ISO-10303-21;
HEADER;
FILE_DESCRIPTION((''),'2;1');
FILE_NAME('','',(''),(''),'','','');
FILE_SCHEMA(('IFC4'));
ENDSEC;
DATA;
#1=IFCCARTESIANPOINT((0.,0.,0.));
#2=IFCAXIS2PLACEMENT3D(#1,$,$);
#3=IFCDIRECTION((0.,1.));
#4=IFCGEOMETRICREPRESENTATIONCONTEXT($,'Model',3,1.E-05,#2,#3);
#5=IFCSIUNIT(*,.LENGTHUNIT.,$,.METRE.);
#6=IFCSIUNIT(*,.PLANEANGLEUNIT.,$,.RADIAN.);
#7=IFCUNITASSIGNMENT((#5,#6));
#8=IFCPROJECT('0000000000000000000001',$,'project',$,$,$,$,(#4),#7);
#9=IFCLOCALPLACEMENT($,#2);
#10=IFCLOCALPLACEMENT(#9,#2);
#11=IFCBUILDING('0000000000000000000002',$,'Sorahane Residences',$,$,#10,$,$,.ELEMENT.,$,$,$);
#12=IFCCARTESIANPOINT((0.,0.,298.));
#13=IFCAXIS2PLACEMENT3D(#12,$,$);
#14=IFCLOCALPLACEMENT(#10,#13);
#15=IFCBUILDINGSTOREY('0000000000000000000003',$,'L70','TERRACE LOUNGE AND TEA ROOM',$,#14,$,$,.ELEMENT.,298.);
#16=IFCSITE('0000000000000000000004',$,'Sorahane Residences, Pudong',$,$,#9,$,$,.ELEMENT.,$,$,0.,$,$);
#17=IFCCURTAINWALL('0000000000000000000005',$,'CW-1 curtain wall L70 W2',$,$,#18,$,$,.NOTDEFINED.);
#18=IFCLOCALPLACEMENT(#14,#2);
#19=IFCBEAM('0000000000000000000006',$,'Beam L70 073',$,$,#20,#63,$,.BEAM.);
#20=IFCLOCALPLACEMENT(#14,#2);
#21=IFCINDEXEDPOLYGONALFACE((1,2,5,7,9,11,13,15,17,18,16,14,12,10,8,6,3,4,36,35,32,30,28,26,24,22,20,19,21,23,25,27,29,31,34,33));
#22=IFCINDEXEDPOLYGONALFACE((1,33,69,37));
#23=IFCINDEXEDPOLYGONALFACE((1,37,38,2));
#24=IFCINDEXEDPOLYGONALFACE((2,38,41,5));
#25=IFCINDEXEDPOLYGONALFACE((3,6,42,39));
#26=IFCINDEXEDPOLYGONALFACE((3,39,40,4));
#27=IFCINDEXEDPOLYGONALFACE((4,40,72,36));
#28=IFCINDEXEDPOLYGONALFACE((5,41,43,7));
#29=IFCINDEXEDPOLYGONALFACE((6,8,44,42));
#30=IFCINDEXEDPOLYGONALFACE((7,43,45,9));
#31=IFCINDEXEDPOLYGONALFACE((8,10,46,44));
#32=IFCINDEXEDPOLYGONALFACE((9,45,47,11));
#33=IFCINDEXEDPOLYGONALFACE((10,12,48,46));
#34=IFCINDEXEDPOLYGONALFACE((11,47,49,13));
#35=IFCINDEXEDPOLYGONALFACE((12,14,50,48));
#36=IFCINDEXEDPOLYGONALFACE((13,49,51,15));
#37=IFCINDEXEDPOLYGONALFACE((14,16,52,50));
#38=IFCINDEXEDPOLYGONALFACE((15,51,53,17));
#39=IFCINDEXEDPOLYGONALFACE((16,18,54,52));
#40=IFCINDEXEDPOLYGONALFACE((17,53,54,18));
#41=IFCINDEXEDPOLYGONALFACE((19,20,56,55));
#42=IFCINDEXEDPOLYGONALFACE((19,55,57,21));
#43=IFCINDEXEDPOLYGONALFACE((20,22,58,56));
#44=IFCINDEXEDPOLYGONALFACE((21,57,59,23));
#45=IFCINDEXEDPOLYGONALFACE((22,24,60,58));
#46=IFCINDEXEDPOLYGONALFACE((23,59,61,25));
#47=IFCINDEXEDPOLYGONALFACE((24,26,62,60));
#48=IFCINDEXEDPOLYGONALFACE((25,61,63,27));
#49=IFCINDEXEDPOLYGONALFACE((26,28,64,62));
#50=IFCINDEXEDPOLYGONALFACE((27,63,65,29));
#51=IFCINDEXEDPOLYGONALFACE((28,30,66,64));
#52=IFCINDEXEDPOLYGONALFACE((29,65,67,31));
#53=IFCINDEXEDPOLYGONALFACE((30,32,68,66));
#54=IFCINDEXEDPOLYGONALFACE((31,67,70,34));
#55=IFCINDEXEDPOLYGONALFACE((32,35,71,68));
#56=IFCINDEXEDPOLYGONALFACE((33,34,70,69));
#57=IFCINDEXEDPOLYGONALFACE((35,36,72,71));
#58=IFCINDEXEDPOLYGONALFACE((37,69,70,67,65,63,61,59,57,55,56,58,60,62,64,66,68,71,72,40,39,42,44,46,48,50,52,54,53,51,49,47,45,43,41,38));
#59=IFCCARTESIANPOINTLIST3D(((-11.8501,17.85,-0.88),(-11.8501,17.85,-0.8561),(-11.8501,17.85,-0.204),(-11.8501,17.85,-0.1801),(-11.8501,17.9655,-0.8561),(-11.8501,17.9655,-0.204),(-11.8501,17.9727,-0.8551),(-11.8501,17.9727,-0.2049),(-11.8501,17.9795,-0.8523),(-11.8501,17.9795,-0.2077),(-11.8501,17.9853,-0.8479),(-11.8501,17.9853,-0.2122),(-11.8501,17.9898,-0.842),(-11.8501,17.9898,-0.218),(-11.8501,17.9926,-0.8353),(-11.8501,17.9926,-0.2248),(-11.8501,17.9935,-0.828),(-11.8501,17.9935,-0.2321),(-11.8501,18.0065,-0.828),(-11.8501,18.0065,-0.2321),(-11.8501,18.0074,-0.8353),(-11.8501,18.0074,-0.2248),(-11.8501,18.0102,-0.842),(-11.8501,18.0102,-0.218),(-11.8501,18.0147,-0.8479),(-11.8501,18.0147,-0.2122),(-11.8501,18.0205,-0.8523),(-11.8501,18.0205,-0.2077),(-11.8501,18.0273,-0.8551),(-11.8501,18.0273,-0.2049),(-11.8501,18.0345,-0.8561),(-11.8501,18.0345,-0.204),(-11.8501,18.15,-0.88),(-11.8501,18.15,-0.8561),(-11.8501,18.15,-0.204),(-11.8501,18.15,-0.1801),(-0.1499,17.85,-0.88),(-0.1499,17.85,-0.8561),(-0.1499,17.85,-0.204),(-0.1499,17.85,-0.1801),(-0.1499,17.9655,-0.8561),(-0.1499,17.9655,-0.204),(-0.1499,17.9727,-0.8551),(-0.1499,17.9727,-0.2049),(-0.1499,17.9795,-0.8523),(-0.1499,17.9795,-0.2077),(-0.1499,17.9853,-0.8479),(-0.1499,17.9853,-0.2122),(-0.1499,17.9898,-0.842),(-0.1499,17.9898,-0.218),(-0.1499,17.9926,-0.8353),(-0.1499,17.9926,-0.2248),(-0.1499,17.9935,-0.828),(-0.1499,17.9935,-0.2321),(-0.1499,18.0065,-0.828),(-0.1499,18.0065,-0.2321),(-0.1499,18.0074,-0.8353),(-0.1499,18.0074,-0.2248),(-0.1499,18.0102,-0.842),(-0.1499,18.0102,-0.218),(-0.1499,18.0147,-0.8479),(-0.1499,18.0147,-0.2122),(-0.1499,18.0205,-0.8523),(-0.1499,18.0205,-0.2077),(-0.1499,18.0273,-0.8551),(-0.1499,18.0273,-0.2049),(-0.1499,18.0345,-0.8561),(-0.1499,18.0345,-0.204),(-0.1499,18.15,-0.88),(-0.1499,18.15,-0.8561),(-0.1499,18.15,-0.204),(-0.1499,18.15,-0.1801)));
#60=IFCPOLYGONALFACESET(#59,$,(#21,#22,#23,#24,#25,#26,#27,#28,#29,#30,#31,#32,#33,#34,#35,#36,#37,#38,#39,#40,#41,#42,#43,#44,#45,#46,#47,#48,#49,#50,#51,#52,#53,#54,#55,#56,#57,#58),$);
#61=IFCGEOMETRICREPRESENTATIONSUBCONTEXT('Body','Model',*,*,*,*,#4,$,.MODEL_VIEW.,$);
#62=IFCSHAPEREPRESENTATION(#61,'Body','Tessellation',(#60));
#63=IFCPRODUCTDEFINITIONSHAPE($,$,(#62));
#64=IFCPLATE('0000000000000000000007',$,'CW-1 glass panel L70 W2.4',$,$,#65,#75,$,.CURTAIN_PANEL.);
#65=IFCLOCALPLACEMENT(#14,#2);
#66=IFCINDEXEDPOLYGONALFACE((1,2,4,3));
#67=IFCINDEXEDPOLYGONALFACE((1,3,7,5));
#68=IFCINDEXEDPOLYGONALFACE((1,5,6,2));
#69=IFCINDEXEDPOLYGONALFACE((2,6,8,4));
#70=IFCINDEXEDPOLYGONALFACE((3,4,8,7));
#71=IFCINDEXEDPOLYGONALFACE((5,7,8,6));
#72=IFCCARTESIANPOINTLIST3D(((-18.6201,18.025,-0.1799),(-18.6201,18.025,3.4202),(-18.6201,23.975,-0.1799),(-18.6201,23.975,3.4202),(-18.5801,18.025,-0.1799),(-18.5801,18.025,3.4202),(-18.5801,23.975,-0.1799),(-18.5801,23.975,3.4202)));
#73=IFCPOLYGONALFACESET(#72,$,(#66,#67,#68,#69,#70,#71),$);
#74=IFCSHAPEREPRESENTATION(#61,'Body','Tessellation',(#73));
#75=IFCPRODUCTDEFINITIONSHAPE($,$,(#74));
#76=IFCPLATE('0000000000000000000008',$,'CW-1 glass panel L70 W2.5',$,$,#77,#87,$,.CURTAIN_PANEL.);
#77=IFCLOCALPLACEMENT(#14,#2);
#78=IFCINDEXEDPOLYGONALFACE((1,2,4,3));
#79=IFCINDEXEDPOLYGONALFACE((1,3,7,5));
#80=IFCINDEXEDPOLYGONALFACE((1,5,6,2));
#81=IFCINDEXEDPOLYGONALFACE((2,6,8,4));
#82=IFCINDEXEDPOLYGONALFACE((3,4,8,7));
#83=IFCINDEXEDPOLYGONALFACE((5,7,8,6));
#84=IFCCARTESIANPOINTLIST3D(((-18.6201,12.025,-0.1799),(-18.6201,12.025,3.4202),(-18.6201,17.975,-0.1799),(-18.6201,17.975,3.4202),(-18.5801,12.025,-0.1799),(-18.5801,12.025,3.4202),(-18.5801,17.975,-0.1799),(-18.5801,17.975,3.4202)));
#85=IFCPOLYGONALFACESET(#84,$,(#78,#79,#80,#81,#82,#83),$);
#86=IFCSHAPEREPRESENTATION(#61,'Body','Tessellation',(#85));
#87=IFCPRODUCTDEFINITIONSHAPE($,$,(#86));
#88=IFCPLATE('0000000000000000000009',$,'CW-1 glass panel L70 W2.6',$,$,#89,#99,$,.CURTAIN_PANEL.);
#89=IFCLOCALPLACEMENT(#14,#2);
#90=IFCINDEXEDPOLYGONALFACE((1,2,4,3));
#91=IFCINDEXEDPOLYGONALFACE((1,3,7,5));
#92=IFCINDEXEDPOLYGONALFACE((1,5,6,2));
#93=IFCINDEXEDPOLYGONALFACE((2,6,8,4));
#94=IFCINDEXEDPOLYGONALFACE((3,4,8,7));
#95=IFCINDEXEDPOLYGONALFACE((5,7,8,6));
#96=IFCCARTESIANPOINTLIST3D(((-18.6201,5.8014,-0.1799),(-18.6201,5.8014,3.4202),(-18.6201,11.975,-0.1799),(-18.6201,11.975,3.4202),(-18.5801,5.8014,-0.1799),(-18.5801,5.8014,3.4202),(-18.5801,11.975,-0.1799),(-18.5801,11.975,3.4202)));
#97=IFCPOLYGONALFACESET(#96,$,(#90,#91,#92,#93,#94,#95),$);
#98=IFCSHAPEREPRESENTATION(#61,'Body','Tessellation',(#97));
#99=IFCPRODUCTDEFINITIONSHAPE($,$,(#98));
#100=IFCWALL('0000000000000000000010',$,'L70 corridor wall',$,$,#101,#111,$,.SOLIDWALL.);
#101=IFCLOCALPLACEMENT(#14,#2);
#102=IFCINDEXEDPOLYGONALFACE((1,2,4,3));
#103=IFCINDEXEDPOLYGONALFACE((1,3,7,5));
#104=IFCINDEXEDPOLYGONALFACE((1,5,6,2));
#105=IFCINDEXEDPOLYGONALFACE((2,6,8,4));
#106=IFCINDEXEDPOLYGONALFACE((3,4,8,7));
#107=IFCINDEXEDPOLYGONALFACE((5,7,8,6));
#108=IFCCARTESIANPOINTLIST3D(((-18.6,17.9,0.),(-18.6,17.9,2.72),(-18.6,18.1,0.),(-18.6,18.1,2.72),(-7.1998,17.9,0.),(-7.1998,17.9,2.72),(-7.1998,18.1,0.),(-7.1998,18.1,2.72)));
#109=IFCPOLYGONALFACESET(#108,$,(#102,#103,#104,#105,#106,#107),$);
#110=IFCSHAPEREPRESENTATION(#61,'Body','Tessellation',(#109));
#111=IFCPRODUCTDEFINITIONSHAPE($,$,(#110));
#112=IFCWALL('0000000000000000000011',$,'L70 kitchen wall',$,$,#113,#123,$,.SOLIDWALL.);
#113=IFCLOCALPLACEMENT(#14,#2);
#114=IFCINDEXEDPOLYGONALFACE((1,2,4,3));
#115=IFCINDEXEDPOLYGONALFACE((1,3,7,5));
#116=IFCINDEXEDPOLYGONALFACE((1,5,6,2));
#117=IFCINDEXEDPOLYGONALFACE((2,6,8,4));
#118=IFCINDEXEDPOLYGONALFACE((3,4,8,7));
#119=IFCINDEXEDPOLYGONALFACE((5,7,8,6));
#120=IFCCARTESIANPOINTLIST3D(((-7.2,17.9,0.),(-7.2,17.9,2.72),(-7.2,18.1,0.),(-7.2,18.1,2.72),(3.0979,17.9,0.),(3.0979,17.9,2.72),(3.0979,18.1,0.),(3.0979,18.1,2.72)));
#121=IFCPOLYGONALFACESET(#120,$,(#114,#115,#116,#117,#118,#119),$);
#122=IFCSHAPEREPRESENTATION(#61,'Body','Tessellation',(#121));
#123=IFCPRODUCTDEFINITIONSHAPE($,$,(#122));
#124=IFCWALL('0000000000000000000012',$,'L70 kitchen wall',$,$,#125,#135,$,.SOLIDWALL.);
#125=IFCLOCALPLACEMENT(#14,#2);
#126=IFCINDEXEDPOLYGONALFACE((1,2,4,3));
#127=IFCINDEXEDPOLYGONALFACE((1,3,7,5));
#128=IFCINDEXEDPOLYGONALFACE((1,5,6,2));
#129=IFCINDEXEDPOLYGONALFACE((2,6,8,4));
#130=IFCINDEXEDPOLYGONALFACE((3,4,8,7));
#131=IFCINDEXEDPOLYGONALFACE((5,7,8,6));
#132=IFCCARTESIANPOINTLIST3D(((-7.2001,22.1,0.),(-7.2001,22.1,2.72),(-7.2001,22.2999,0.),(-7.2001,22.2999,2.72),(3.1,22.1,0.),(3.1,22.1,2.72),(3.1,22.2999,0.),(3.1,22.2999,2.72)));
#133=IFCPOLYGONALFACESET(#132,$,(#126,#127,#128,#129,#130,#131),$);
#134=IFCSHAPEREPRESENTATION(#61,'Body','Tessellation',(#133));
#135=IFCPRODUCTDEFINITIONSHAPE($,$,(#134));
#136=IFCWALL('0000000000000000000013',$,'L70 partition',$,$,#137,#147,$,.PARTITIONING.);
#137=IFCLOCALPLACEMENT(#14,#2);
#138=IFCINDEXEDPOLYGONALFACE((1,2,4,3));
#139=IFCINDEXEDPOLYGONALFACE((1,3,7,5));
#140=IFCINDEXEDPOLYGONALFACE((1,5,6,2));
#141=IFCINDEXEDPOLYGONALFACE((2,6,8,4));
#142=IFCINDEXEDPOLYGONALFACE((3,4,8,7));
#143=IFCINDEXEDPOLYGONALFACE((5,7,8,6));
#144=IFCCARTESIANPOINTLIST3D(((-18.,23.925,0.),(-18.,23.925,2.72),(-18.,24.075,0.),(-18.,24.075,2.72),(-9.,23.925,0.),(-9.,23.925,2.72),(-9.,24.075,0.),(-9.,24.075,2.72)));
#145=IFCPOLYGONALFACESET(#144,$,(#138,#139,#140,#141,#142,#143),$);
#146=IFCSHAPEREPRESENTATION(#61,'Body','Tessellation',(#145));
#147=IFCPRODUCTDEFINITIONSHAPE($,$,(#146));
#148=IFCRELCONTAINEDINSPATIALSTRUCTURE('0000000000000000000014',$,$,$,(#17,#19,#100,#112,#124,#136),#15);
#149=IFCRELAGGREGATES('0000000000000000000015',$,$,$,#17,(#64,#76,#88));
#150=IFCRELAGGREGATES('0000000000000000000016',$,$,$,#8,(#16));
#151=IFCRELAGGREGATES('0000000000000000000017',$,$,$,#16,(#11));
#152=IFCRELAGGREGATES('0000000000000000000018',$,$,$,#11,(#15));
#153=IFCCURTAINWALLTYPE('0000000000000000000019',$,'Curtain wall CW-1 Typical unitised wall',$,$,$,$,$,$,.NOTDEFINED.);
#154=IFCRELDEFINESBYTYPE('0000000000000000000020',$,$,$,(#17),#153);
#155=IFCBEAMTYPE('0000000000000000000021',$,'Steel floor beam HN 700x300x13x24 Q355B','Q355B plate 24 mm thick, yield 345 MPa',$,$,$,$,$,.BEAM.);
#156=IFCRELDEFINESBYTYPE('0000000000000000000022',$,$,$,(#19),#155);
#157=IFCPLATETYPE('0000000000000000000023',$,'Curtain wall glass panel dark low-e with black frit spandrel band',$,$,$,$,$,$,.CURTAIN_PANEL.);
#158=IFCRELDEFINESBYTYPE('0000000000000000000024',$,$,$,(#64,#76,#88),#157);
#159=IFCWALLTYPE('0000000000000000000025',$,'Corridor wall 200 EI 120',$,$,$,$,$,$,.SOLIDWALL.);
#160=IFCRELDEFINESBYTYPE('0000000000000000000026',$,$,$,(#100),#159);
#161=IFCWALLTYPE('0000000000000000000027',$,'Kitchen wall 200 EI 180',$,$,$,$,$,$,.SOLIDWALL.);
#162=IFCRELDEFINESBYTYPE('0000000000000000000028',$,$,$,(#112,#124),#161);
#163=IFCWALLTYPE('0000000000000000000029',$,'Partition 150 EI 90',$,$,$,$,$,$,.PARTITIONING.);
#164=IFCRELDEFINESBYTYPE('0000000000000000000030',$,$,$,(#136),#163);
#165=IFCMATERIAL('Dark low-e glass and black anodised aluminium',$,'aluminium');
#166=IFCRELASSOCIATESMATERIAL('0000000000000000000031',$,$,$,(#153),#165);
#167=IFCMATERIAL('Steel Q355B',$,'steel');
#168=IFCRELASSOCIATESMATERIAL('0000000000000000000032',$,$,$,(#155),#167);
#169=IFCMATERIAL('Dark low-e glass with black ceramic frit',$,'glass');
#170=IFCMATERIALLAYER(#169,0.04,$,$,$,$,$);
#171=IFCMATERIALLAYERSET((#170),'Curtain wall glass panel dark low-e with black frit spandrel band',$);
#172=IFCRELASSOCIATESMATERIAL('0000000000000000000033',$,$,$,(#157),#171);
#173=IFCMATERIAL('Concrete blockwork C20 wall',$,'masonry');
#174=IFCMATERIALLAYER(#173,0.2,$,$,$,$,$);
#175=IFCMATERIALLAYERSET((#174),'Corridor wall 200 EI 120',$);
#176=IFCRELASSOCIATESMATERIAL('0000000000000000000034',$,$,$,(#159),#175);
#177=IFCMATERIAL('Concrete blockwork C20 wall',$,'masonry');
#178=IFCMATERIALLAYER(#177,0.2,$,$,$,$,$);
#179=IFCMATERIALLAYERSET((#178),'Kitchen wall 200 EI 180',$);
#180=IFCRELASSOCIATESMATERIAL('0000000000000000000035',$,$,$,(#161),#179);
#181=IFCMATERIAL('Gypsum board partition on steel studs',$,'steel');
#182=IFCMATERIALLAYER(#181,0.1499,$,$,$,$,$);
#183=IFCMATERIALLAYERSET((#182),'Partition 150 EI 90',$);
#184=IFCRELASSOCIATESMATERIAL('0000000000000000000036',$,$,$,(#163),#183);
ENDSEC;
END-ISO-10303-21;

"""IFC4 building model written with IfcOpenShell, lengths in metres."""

from ifc_helpers import new_model, si_unit, direction, frame, frame_2d, origin, origin_2d, place, context, subcontext, project, spatial, rectangle, i_section, extrude, material, layer, layer_set, material_profile, profile_set, type_object, element, aggregate, save


model = new_model("IFC4")

# Units and contexts
model_context = context("Model", 3, precision=1e-05, world=origin(), true_north=direction((0.0, 1.0)))
body_context = subcontext(model_context, "Body", "Model", "MODEL_VIEW")
ifc_project = project(units=[si_unit("LENGTHUNIT", "METRE"), si_unit("PLANEANGLEUNIT", "RADIAN")], contexts=[model_context])

# Site, building, storey
site_placement = place(None, origin())
site = spatial("IfcSite", under=ifc_project, at=site_placement, Name="Sorahane Residences, Pudong", CompositionType="ELEMENT", RefElevation=0.0)
building_placement = place(site_placement, origin())
building = spatial("IfcBuilding", under=site, at=building_placement, Name="Sorahane Residences", CompositionType="ELEMENT")
storey_placement = place(building_placement, frame((0.0, 0.0, 298.0)))
storey = spatial("IfcBuildingStorey", under=building, at=storey_placement, Name="L70", Description="TERRACE LOUNGE AND TEA ROOM", CompositionType="ELEMENT", Elevation=298.0)

# Curtain wall
ifc_material_1 = material(Name="Dark low-e glass and black anodised aluminium", Category="aluminium")
curtain_wall_type = type_object("IfcCurtainWallType", Name="Curtain wall CW-1 Typical unitised wall", PredefinedType="NOTDEFINED", material=ifc_material_1)
curtain_wall_placement = place(storey_placement, origin())
curtain_wall = element("IfcCurtainWall", 1, at=curtain_wall_placement, inside=storey, type_object=curtain_wall_type, Name="CW-1 curtain wall L70 W2", PredefinedType="NOTDEFINED")

# Beam
ifc_material_2 = material(Name="Steel Q355B", Category="steel")
ifc_material_profile_1 = material_profile(ifc_material_2, i_section(OverallWidth=0.3, OverallDepth=0.7, WebThickness=0.0129, FlangeThickness=0.0239, FilletRadius=0.0281, at=origin_2d()), Name="HN 700x300x13x24")
ifc_profile_set_1 = profile_set([ifc_material_profile_1], Name="Steel Q355B")
beam_type_1 = type_object("IfcBeamType", Name="Steel floor beam HN 700x300x13x24 Q355B", Description="Q355B plate 24 mm thick, yield 345 MPa", PredefinedType="BEAM", material=ifc_profile_set_1)
beam_1_placement = place(storey_placement, frame((-11.8501, 18.0, -0.53), z_axis=(1.0, 0.0, 0.0), x_axis=(0.0, 1.0, 0.0)))
element("IfcBeam", 2, at=beam_1_placement, inside=storey, type_object=beam_type_1, Name="Beam L70 073", PredefinedType="BEAM", context=body_context, shape_type="SweptSolid", body=[
    extrude(i_section(OverallWidth=0.3, OverallDepth=0.7, WebThickness=0.0129, FlangeThickness=0.0239, FilletRadius=0.0281, at=origin_2d()), origin(), (0.0, 0.0, 1.0), 11.7002),
])

# Plates
ifc_material_3 = material(Name="Dark low-e glass with black ceramic frit", Category="glass")
ifc_layer_1 = layer(ifc_material_3, 0.04)
ifc_layer_set_1 = layer_set([ifc_layer_1], Name="Curtain wall glass panel dark low-e with black frit spandrel band")
plate_type = type_object("IfcPlateType", Name="Curtain wall glass panel dark low-e with black frit spandrel band", PredefinedType="CURTAIN_PANEL", material=ifc_layer_set_1)
plate_1_placement = place(storey_placement, frame((-18.6001, 21.0, -0.1799), z_axis=(0.0, 0.0, 1.0), x_axis=(0.0, -1.0, 0.0)))
plate_1 = element("IfcPlate", 3, at=plate_1_placement, type_object=plate_type, Name="CW-1 glass panel L70 W2.4", PredefinedType="CURTAIN_PANEL", context=body_context, shape_type="SweptSolid", body=[
    extrude(rectangle(XDim=5.95, YDim=0.04, at=origin_2d()), origin(), (0.0, 0.0, 1.0), 3.6001),
])
plate_2_placement = place(storey_placement, frame((-18.6001, 15.0, -0.1799), z_axis=(0.0, 0.0, 1.0), x_axis=(0.0, -1.0, 0.0)))
plate_2 = element("IfcPlate", 4, at=plate_2_placement, type_object=plate_type, Name="CW-1 glass panel L70 W2.5", PredefinedType="CURTAIN_PANEL", context=body_context, shape_type="SweptSolid", body=[
    extrude(rectangle(XDim=5.95, YDim=0.04, at=origin_2d()), origin(), (0.0, 0.0, 1.0), 3.6001),
])
plate_3_placement = place(storey_placement, frame((-18.6001, 8.8882, -0.1799), z_axis=(0.0, 0.0, 1.0), x_axis=(0.0, -1.0, 0.0)))
plate_3 = element("IfcPlate", 5, at=plate_3_placement, type_object=plate_type, Name="CW-1 glass panel L70 W2.6", PredefinedType="CURTAIN_PANEL", context=body_context, shape_type="SweptSolid", body=[
    extrude(rectangle(XDim=6.1736, YDim=0.04, at=origin_2d()), origin(), (0.0, 0.0, 1.0), 3.6001),
])
aggregate(curtain_wall, [plate_1, plate_2, plate_3])

# Wall
ifc_material_4 = material(Name="Concrete blockwork C20 wall", Category="masonry")
ifc_layer_2 = layer(ifc_material_4, 0.2)
ifc_layer_set_2 = layer_set([ifc_layer_2], Name="Corridor wall 200 EI 120")
wall_type_1 = type_object("IfcWallType", Name="Corridor wall 200 EI 120", PredefinedType="SOLIDWALL", material=ifc_layer_set_2)
wall_1_placement = place(storey_placement, frame((-18.6001, 18.0, 0.0), z_axis=(0.0, 0.0, 1.0), x_axis=(1.0, 0.0, 0.0)))
element("IfcWall", 6, at=wall_1_placement, inside=storey, type_object=wall_type_1, Name="L70 corridor wall", PredefinedType="SOLIDWALL", context=body_context, shape_type="SweptSolid", body=[
    extrude(rectangle(XDim=11.4001, YDim=0.2, at=frame_2d((5.7002, 0.0))), origin(), (0.0, 0.0, 1.0), 2.72),
])

# Shared definitions
ifc_material_5 = material(Name="Concrete blockwork C20 wall", Category="masonry")
ifc_layer_3 = layer(ifc_material_5, 0.2)
ifc_layer_set_3 = layer_set([ifc_layer_3], Name="Kitchen wall 200 EI 180")
wall_type_2 = type_object("IfcWallType", Name="Kitchen wall 200 EI 180", PredefinedType="SOLIDWALL", material=ifc_layer_set_3)

# Walls
wall_2_placement = place(storey_placement, frame((-7.2, 18.0, 0.0), z_axis=(0.0, 0.0, 1.0), x_axis=(1.0, 0.0, 0.0)))
element("IfcWall", 7, at=wall_2_placement, inside=storey, type_object=wall_type_2, Name="L70 kitchen wall", PredefinedType="SOLIDWALL", context=body_context, shape_type="SweptSolid", body=[
    extrude(rectangle(XDim=10.2979, YDim=0.2, at=frame_2d((5.1489, 0.0))), origin(), (0.0, 0.0, 1.0), 2.72),
])
wall_3_placement = place(storey_placement, frame((-7.2, 22.2, 0.0), z_axis=(0.0, 0.0, 1.0), x_axis=(1.0, 0.0, 0.0)))
element("IfcWall", 8, at=wall_3_placement, inside=storey, type_object=wall_type_2, Name="L70 kitchen wall", PredefinedType="SOLIDWALL", context=body_context, shape_type="SweptSolid", body=[
    extrude(rectangle(XDim=10.3, YDim=0.2, at=frame_2d((5.1499, 0.0))), origin(), (0.0, 0.0, 1.0), 2.72),
])

# Shared definitions
ifc_material_6 = material(Name="Gypsum board partition on steel studs", Category="steel")
ifc_layer_4 = layer(ifc_material_6, 0.1499)
ifc_layer_set_4 = layer_set([ifc_layer_4], Name="Partition 150 EI 90")
wall_type_3 = type_object("IfcWallType", Name="Partition 150 EI 90", PredefinedType="PARTITIONING", material=ifc_layer_set_4)

# Wall
wall_4_placement = place(storey_placement, frame((-18.0, 24.0, 0.0), z_axis=(0.0, 0.0, 1.0), x_axis=(1.0, 0.0, 0.0)))
element("IfcWall", 9, at=wall_4_placement, inside=storey, type_object=wall_type_3, Name="L70 partition", PredefinedType="PARTITIONING", context=body_context, shape_type="SweptSolid", body=[
    extrude(rectangle(XDim=9.0, YDim=0.1499, at=frame_2d((4.5, 0.0))), origin(), (0.0, 0.0, 1.0), 2.72),
])

save(model, "model.ifc")
